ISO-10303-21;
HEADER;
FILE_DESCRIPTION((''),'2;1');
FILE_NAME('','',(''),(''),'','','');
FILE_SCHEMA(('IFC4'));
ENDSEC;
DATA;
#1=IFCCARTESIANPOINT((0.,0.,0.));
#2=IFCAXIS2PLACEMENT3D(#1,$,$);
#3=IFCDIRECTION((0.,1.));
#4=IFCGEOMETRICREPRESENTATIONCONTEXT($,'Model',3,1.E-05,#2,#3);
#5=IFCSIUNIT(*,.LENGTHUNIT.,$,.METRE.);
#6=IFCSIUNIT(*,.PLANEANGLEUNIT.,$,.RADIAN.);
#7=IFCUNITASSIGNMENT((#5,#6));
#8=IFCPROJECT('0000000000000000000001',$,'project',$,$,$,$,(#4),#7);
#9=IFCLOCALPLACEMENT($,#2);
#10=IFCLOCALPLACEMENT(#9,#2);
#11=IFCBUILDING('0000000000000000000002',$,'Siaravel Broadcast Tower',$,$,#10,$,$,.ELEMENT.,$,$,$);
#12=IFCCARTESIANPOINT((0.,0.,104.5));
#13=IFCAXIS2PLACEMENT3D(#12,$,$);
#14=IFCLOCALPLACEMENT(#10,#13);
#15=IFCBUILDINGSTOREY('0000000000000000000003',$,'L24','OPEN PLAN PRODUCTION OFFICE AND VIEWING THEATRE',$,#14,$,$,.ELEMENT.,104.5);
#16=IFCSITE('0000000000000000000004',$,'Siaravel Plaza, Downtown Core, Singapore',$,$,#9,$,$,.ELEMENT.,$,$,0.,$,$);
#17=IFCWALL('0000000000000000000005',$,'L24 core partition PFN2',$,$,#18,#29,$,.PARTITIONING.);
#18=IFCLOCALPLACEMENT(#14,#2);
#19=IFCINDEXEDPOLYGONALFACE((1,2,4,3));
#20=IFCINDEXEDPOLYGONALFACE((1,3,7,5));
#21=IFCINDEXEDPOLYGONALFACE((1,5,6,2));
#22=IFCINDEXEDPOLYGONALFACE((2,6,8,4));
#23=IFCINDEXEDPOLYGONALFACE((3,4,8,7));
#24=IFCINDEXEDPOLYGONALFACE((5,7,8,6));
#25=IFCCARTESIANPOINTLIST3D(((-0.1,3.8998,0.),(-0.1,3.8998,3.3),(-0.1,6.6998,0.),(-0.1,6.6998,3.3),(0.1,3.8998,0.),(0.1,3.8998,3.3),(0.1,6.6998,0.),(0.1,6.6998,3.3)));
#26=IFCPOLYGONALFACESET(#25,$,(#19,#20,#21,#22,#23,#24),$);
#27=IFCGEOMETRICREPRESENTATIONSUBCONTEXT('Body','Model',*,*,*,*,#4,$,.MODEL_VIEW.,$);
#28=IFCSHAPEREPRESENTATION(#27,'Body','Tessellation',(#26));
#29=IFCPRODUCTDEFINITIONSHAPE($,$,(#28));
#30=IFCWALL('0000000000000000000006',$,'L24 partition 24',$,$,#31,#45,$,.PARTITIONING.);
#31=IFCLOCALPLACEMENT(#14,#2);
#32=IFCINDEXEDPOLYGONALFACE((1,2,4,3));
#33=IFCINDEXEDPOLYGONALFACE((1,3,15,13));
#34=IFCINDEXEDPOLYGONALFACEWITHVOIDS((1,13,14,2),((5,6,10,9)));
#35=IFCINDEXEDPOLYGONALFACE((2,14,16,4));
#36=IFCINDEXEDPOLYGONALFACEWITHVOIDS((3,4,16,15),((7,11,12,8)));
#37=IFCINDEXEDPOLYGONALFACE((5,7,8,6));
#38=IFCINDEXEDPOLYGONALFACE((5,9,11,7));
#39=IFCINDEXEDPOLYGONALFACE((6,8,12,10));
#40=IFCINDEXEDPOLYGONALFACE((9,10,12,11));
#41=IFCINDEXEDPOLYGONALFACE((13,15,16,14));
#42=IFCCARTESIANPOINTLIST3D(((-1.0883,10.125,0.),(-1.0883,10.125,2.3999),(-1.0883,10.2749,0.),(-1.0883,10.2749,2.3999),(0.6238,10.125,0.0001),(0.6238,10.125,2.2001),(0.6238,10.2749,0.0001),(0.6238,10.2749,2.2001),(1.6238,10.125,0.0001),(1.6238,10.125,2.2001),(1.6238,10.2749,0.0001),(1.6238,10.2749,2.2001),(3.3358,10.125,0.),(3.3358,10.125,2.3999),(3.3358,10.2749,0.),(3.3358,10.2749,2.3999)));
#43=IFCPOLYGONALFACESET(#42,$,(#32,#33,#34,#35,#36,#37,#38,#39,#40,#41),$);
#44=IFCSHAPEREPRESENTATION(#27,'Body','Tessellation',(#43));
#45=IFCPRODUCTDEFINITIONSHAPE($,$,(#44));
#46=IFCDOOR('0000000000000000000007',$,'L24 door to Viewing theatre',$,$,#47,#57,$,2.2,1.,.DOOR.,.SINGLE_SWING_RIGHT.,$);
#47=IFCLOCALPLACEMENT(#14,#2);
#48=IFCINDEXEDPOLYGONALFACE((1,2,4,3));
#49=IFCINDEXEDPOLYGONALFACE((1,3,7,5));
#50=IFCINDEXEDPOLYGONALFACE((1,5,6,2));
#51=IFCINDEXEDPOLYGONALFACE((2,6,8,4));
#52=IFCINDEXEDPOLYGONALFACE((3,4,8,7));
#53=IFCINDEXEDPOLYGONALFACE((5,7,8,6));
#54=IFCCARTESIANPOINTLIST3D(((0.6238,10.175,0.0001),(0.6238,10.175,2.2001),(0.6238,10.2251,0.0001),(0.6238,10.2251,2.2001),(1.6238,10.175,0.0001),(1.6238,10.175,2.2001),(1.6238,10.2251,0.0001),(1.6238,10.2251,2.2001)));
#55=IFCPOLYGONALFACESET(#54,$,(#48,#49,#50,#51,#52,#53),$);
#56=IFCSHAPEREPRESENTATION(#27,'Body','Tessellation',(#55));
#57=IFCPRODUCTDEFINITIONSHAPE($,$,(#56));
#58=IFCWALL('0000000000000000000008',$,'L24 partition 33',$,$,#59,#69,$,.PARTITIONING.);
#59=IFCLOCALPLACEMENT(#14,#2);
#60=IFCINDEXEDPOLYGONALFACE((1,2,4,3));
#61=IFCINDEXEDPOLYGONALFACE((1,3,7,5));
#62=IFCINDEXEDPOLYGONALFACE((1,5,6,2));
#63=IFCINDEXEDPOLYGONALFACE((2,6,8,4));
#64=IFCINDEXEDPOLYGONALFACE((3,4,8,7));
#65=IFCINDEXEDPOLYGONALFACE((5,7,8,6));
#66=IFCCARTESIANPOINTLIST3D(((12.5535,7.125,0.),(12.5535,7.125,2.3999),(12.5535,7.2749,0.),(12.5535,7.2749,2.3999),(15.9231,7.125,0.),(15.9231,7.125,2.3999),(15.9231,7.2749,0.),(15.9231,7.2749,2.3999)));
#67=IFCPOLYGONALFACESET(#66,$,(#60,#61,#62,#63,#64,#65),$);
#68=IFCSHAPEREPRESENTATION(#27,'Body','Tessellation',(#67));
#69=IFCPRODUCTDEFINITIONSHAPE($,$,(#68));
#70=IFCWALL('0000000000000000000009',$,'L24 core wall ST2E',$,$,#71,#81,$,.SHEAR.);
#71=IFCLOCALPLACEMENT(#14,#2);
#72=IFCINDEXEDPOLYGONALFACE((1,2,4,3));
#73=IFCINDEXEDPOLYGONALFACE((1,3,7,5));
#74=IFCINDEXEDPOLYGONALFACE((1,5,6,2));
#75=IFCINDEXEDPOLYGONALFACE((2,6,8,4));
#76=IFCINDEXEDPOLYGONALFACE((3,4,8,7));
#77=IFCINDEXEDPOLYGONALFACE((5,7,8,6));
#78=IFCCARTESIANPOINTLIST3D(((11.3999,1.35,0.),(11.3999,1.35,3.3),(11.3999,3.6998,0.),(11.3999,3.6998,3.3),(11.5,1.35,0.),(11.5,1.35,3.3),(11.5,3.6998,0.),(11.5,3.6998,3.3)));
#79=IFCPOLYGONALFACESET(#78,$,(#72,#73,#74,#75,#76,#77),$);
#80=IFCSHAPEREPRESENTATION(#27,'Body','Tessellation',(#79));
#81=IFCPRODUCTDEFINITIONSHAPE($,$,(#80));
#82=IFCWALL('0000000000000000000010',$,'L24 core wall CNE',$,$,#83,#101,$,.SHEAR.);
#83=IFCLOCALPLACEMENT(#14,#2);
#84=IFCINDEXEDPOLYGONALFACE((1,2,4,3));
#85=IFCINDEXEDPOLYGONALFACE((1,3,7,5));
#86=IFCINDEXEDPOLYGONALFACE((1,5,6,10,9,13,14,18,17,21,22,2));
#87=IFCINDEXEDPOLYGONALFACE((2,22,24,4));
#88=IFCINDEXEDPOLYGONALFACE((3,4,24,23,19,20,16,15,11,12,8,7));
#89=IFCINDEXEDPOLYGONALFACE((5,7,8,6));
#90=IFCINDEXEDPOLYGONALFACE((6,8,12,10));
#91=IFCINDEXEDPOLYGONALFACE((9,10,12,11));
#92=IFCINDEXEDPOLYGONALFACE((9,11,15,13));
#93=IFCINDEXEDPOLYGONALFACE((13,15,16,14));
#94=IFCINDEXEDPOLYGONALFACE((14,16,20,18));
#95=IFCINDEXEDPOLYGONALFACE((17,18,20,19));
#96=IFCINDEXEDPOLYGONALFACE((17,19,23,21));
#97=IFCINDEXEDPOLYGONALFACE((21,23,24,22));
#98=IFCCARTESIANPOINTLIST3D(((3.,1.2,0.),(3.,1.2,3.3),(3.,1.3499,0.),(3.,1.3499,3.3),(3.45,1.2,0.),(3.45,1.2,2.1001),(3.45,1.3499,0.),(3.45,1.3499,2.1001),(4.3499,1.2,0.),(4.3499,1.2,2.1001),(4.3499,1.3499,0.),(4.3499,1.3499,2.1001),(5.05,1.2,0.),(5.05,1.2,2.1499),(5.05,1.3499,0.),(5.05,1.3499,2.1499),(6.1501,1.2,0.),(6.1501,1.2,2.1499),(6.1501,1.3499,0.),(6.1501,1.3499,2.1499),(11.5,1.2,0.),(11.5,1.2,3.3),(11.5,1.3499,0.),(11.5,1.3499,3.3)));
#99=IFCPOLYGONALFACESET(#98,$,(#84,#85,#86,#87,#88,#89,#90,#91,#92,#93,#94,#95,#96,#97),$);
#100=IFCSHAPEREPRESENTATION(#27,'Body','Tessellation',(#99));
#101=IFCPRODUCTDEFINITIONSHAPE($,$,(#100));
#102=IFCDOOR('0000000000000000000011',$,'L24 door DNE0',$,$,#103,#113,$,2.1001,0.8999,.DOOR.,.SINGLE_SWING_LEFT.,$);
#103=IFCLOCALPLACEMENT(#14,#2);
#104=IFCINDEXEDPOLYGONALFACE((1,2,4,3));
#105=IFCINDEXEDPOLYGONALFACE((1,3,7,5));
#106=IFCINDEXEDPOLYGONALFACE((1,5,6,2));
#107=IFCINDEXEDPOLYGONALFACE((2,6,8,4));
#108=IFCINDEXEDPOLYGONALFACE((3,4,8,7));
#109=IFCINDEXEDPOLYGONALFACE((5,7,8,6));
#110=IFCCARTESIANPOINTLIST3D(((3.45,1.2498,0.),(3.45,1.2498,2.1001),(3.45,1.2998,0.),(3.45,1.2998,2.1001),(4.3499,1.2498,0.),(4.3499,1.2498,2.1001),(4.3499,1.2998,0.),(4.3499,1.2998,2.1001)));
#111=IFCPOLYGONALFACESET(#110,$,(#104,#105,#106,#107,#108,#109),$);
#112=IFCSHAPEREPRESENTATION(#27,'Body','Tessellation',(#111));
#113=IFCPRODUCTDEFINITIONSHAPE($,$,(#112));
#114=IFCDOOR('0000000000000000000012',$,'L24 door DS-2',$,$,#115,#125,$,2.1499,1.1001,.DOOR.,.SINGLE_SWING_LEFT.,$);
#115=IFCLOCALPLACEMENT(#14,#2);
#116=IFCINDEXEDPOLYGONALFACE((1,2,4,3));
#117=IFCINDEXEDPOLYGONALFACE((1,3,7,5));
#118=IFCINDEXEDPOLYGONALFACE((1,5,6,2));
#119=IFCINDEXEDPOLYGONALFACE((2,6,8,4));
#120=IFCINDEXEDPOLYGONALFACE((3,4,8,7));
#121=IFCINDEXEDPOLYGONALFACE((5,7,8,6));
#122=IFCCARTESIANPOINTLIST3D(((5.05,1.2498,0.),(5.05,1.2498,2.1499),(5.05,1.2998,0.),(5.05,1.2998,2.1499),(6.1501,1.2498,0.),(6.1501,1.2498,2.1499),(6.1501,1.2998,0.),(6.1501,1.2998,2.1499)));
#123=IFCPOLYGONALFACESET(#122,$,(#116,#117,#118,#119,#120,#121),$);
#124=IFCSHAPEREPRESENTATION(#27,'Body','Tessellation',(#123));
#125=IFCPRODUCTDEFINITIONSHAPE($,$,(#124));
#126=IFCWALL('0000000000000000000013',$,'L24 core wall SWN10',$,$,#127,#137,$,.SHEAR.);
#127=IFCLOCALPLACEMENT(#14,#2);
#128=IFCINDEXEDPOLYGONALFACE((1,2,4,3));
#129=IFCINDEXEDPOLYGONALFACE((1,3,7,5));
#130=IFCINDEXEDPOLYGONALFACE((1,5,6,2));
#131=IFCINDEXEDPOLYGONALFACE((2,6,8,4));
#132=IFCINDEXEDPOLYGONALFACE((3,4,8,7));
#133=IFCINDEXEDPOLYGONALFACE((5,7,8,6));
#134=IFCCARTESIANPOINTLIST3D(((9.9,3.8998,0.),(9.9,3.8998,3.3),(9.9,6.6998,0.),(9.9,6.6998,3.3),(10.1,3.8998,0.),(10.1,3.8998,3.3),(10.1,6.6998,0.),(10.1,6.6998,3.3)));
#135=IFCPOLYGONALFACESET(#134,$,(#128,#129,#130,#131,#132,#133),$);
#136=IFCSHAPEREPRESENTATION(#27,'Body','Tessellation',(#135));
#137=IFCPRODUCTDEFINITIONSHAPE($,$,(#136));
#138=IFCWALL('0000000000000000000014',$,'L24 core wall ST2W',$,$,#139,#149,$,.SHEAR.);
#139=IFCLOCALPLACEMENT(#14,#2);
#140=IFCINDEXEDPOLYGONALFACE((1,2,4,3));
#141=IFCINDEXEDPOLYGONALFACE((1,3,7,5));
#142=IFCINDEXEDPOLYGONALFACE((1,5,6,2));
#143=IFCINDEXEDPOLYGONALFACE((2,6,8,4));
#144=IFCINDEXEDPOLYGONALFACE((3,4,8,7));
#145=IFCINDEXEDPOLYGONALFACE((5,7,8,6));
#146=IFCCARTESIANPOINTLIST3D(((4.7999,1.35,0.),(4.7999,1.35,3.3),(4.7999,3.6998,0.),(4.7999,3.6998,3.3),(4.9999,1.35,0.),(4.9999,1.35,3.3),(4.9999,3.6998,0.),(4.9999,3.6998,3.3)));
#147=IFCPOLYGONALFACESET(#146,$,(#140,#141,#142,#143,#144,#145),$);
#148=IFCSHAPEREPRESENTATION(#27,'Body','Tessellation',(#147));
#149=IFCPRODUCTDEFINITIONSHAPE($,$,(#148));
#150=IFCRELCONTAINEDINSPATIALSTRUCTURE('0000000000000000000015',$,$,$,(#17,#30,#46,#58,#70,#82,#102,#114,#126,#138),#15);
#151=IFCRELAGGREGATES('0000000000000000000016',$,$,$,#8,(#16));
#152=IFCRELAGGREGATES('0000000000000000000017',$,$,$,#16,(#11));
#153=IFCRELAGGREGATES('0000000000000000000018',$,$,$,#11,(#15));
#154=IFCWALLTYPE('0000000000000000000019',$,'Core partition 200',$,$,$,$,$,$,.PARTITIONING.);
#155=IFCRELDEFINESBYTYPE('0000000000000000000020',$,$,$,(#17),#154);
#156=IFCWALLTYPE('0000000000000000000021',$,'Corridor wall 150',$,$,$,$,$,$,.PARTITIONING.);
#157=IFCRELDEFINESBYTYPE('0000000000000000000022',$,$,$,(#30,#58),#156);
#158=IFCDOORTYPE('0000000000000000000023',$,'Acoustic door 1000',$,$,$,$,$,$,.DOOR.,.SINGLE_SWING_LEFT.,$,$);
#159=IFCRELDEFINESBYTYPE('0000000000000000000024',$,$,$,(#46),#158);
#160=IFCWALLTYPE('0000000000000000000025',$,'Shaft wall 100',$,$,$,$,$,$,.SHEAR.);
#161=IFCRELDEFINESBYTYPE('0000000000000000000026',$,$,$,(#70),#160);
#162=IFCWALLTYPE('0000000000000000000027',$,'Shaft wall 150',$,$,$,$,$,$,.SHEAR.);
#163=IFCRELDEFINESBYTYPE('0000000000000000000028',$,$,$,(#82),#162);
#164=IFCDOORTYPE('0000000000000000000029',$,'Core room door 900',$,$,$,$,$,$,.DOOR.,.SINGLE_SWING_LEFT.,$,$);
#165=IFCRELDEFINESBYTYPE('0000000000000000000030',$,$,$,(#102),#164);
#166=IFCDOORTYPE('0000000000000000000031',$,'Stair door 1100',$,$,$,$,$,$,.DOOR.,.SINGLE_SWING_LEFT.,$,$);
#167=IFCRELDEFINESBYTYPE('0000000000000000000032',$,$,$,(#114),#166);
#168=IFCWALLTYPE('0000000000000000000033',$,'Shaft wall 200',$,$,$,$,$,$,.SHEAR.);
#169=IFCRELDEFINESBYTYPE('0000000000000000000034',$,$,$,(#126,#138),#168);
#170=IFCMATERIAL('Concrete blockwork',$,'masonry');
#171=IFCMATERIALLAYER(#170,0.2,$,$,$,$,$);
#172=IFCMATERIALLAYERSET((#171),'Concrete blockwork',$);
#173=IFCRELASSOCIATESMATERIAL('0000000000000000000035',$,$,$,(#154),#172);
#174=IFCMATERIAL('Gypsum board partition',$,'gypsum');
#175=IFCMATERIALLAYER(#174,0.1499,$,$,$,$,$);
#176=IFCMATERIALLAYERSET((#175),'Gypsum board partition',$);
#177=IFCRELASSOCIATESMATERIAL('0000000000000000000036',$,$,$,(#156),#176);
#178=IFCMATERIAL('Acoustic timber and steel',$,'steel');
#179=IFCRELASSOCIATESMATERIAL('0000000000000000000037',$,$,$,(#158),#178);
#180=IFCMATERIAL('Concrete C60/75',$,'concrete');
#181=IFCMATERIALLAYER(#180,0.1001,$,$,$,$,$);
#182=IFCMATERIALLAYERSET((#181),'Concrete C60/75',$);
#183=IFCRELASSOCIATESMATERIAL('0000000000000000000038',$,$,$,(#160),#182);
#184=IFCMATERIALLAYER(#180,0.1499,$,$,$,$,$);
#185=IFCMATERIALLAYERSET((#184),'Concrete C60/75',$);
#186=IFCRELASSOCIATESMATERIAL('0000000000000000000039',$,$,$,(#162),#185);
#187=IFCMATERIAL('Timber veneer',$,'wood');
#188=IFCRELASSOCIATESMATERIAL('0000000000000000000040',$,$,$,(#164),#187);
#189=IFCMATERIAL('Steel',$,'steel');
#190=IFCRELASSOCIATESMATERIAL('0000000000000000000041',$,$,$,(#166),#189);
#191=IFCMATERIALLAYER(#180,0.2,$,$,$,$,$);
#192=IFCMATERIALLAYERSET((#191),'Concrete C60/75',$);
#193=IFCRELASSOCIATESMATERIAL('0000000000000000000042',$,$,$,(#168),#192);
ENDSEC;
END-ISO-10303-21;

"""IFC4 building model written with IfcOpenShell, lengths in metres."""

from ifc_helpers import new_model, si_unit, direction, frame, frame_2d, origin, place, context, subcontext, project, spatial, rectangle, extrude, material, layer, layer_set, type_object, element, fill, save


model = new_model("IFC4")

# Units and contexts
model_context = context("Model", 3, precision=1e-05, world=origin(), true_north=direction((0.0, 1.0)))
body_context = subcontext(model_context, "Body", "Model", "MODEL_VIEW")
ifc_project = project(units=[si_unit("LENGTHUNIT", "METRE"), si_unit("PLANEANGLEUNIT", "RADIAN")], contexts=[model_context])

# Site, building, storey
site_placement = place(None, origin())
site = spatial("IfcSite", under=ifc_project, at=site_placement, Name="Siaravel Plaza, Downtown Core, Singapore", CompositionType="ELEMENT", RefElevation=0.0)
building_placement = place(site_placement, origin())
building = spatial("IfcBuilding", under=site, at=building_placement, Name="Siaravel Broadcast Tower", CompositionType="ELEMENT")
storey_placement = place(building_placement, frame((0.0, 0.0, 104.5)))
storey = spatial("IfcBuildingStorey", under=building, at=storey_placement, Name="L24", Description="OPEN PLAN PRODUCTION OFFICE AND VIEWING THEATRE", CompositionType="ELEMENT", Elevation=104.5)

# Shared definitions
ifc_material_1 = material(Name="Concrete C60/75", Category="concrete")

# Wall
ifc_material_2 = material(Name="Concrete blockwork", Category="masonry")
ifc_layer_1 = layer(ifc_material_2, 0.2)
ifc_layer_set_1 = layer_set([ifc_layer_1], Name="Concrete blockwork")
wall_type_1 = type_object("IfcWallType", Name="Core partition 200", PredefinedType="PARTITIONING", material=ifc_layer_set_1)
wall_1_placement = place(storey_placement, frame((0.0, 3.8999, 0.0), z_axis=(0.0, 0.0, 1.0), x_axis=(0.0, 1.0, 0.0)))
element("IfcWall", 1, at=wall_1_placement, inside=storey, type_object=wall_type_1, Name="L24 core partition PFN2", PredefinedType="PARTITIONING", context=body_context, shape_type="SweptSolid", body=[
    extrude(rectangle(XDim=2.8, YDim=0.2, at=frame_2d((1.3999, 0.0))), origin(), (0.0, 0.0, 1.0), 3.3),
])

# Wall, opening, door
ifc_material_3 = material(Name="Gypsum board partition", Category="gypsum")
ifc_layer_2 = layer(ifc_material_3, 0.1499)
ifc_layer_set_2 = layer_set([ifc_layer_2], Name="Gypsum board partition")
wall_type_2 = type_object("IfcWallType", Name="Corridor wall 150", PredefinedType="PARTITIONING", material=ifc_layer_set_2)
wall_2_placement = place(storey_placement, frame((3.3357, 10.2, 0.0), z_axis=(0.0, 0.0, 1.0), x_axis=(-1.0, 0.0, 0.0)))
wall_2 = element("IfcWall", 2, at=wall_2_placement, inside=storey, type_object=wall_type_2, Name="L24 partition 24", PredefinedType="PARTITIONING", context=body_context, shape_type="SweptSolid", body=[
    extrude(rectangle(XDim=4.4241, YDim=0.1499, at=frame_2d((2.2119, 0.0))), origin(), (0.0, 0.0, 1.0), 2.3999),
])
opening_1_placement = place(wall_2_placement, frame((1.7119, 0.0, 0.0)))
opening_1 = element("IfcOpeningElement", 3, at=opening_1_placement, cuts=wall_2, PredefinedType="OPENING", context=body_context, shape_type="SweptSolid", body=[
    extrude(rectangle(XDim=1.0, YDim=2.2, at=frame_2d((0.5, 1.1001))), frame((0.0, 0.085, 0.0), z_axis=(0.0, -1.0, 0.0), x_axis=(1.0, 0.0, 0.0)), (0.0, 0.0, 1.0), 0.1699),
])
ifc_material_4 = material(Name="Acoustic timber and steel", Category="steel")
door_type_1 = type_object("IfcDoorType", Name="Acoustic door 1000", OperationType="SINGLE_SWING_LEFT", PredefinedType="DOOR", material=ifc_material_4)
door_1_placement = place(opening_1_placement, origin())
door_1 = element("IfcDoor", 4, at=door_1_placement, inside=storey, type_object=door_type_1, Name="L24 door to Viewing theatre", OperationType="SINGLE_SWING_RIGHT", OverallHeight=2.2, OverallWidth=1.0, PredefinedType="DOOR", context=body_context, shape_type="SweptSolid", body=[
    extrude(rectangle(XDim=1.0, YDim=2.2, at=frame_2d((0.5, 1.1001))), frame((0.0, 0.0249, 0.0), z_axis=(0.0, -1.0, 0.0), x_axis=(1.0, 0.0, 0.0)), (0.0, 0.0, 1.0), 0.05),
])
fill(opening_1, door_1)

# Walls
wall_3_placement = place(storey_placement, frame((12.5535, 7.2, 0.0), z_axis=(0.0, 0.0, 1.0), x_axis=(1.0, 0.0, 0.0)))
element("IfcWall", 5, at=wall_3_placement, inside=storey, type_object=wall_type_2, Name="L24 partition 33", PredefinedType="PARTITIONING", context=body_context, shape_type="SweptSolid", body=[
    extrude(rectangle(XDim=3.3696, YDim=0.1499, at=frame_2d((1.6848, 0.0))), origin(), (0.0, 0.0, 1.0), 2.3999),
])
ifc_layer_3 = layer(ifc_material_1, 0.1001)
ifc_layer_set_3 = layer_set([ifc_layer_3], Name="Concrete C60/75")
wall_type_3 = type_object("IfcWallType", Name="Shaft wall 100", PredefinedType="SHEAR", material=ifc_layer_set_3)
wall_4_placement = place(storey_placement, frame((11.45, 1.3501, 0.0), z_axis=(0.0, 0.0, 1.0), x_axis=(0.0, 1.0, 0.0)))
element("IfcWall", 6, at=wall_4_placement, inside=storey, type_object=wall_type_3, Name="L24 core wall ST2E", PredefinedType="SHEAR", context=body_context, shape_type="SweptSolid", body=[
    extrude(rectangle(XDim=2.3499, YDim=0.1001, at=frame_2d((1.1748, 0.0))), origin(), (0.0, 0.0, 1.0), 3.3),
])

# Wall, openings, doors
ifc_layer_4 = layer(ifc_material_1, 0.1499)
ifc_layer_set_4 = layer_set([ifc_layer_4], Name="Concrete C60/75")
wall_type_4 = type_object("IfcWallType", Name="Shaft wall 150", PredefinedType="SHEAR", material=ifc_layer_set_4)
wall_5_placement = place(storey_placement, frame((3.0, 1.2749, 0.0), z_axis=(0.0, 0.0, 1.0), x_axis=(1.0, 0.0, 0.0)))
wall_5 = element("IfcWall", 7, at=wall_5_placement, inside=storey, type_object=wall_type_4, Name="L24 core wall CNE", PredefinedType="SHEAR", context=body_context, shape_type="SweptSolid", body=[
    extrude(rectangle(XDim=8.5, YDim=0.1499, at=frame_2d((4.25, 0.0))), origin(), (0.0, 0.0, 1.0), 3.3),
])
opening_2_placement = place(wall_5_placement, frame((2.05, 0.0, 0.0)))
opening_2 = element("IfcOpeningElement", 8, at=opening_2_placement, cuts=wall_5, PredefinedType="OPENING", context=body_context, shape_type="SweptSolid", body=[
    extrude(rectangle(XDim=1.1001, YDim=2.1499, at=frame_2d((0.55, 1.075))), frame((0.0, 0.085, 0.0), z_axis=(0.0, -1.0, 0.0), x_axis=(1.0, 0.0, 0.0)), (0.0, 0.0, 1.0), 0.1699),
])
opening_3_placement = place(wall_5_placement, frame((0.45, 0.0, 0.0)))
opening_3 = element("IfcOpeningElement", 9, at=opening_3_placement, cuts=wall_5, PredefinedType="OPENING", context=body_context, shape_type="SweptSolid", body=[
    extrude(rectangle(XDim=0.8999, YDim=2.1001, at=frame_2d((0.45, 1.05))), frame((0.0, 0.085, 0.0), z_axis=(0.0, -1.0, 0.0), x_axis=(1.0, 0.0, 0.0)), (0.0, 0.0, 1.0), 0.1699),
])
ifc_material_5 = material(Name="Timber veneer", Category="wood")
door_type_2 = type_object("IfcDoorType", Name="Core room door 900", OperationType="SINGLE_SWING_LEFT", PredefinedType="DOOR", material=ifc_material_5)
door_2_placement = place(opening_3_placement, origin())
door_2 = element("IfcDoor", 10, at=door_2_placement, inside=storey, type_object=door_type_2, Name="L24 door DNE0", OperationType="SINGLE_SWING_LEFT", OverallHeight=2.1001, OverallWidth=0.8999, PredefinedType="DOOR", context=body_context, shape_type="SweptSolid", body=[
    extrude(rectangle(XDim=0.8999, YDim=2.1001, at=frame_2d((0.45, 1.05))), frame((0.0, 0.0249, 0.0), z_axis=(0.0, -1.0, 0.0), x_axis=(1.0, 0.0, 0.0)), (0.0, 0.0, 1.0), 0.05),
])
fill(opening_3, door_2)
ifc_material_6 = material(Name="Steel", Category="steel")
door_type_3 = type_object("IfcDoorType", Name="Stair door 1100", OperationType="SINGLE_SWING_LEFT", PredefinedType="DOOR", material=ifc_material_6)
door_3_placement = place(opening_2_placement, origin())
door_3 = element("IfcDoor", 11, at=door_3_placement, inside=storey, type_object=door_type_3, Name="L24 door DS-2", OperationType="SINGLE_SWING_LEFT", OverallHeight=2.1499, OverallWidth=1.1001, PredefinedType="DOOR", context=body_context, shape_type="SweptSolid", body=[
    extrude(rectangle(XDim=1.1001, YDim=2.1499, at=frame_2d((0.55, 1.075))), frame((0.0, 0.0249, 0.0), z_axis=(0.0, -1.0, 0.0), x_axis=(1.0, 0.0, 0.0)), (0.0, 0.0, 1.0), 0.05),
])
fill(opening_2, door_3)

# Walls
ifc_layer_5 = layer(ifc_material_1, 0.2)
ifc_layer_set_5 = layer_set([ifc_layer_5], Name="Concrete C60/75")
wall_type_5 = type_object("IfcWallType", Name="Shaft wall 200", PredefinedType="SHEAR", material=ifc_layer_set_5)
wall_6_placement = place(storey_placement, frame((10.0, 3.8999, 0.0), z_axis=(0.0, 0.0, 1.0), x_axis=(0.0, 1.0, 0.0)))
element("IfcWall", 12, at=wall_6_placement, inside=storey, type_object=wall_type_5, Name="L24 core wall SWN10", PredefinedType="SHEAR", context=body_context, shape_type="SweptSolid", body=[
    extrude(rectangle(XDim=2.8, YDim=0.2, at=frame_2d((1.3999, 0.0))), origin(), (0.0, 0.0, 1.0), 3.3),
])
wall_7_placement = place(storey_placement, frame((4.8999, 1.3501, 0.0), z_axis=(0.0, 0.0, 1.0), x_axis=(0.0, 1.0, 0.0)))
element("IfcWall", 13, at=wall_7_placement, inside=storey, type_object=wall_type_5, Name="L24 core wall ST2W", PredefinedType="SHEAR", context=body_context, shape_type="SweptSolid", body=[
    extrude(rectangle(XDim=2.3499, YDim=0.2, at=frame_2d((1.1748, 0.0))), origin(), (0.0, 0.0, 1.0), 3.3),
])

save(model, "model.ifc")
